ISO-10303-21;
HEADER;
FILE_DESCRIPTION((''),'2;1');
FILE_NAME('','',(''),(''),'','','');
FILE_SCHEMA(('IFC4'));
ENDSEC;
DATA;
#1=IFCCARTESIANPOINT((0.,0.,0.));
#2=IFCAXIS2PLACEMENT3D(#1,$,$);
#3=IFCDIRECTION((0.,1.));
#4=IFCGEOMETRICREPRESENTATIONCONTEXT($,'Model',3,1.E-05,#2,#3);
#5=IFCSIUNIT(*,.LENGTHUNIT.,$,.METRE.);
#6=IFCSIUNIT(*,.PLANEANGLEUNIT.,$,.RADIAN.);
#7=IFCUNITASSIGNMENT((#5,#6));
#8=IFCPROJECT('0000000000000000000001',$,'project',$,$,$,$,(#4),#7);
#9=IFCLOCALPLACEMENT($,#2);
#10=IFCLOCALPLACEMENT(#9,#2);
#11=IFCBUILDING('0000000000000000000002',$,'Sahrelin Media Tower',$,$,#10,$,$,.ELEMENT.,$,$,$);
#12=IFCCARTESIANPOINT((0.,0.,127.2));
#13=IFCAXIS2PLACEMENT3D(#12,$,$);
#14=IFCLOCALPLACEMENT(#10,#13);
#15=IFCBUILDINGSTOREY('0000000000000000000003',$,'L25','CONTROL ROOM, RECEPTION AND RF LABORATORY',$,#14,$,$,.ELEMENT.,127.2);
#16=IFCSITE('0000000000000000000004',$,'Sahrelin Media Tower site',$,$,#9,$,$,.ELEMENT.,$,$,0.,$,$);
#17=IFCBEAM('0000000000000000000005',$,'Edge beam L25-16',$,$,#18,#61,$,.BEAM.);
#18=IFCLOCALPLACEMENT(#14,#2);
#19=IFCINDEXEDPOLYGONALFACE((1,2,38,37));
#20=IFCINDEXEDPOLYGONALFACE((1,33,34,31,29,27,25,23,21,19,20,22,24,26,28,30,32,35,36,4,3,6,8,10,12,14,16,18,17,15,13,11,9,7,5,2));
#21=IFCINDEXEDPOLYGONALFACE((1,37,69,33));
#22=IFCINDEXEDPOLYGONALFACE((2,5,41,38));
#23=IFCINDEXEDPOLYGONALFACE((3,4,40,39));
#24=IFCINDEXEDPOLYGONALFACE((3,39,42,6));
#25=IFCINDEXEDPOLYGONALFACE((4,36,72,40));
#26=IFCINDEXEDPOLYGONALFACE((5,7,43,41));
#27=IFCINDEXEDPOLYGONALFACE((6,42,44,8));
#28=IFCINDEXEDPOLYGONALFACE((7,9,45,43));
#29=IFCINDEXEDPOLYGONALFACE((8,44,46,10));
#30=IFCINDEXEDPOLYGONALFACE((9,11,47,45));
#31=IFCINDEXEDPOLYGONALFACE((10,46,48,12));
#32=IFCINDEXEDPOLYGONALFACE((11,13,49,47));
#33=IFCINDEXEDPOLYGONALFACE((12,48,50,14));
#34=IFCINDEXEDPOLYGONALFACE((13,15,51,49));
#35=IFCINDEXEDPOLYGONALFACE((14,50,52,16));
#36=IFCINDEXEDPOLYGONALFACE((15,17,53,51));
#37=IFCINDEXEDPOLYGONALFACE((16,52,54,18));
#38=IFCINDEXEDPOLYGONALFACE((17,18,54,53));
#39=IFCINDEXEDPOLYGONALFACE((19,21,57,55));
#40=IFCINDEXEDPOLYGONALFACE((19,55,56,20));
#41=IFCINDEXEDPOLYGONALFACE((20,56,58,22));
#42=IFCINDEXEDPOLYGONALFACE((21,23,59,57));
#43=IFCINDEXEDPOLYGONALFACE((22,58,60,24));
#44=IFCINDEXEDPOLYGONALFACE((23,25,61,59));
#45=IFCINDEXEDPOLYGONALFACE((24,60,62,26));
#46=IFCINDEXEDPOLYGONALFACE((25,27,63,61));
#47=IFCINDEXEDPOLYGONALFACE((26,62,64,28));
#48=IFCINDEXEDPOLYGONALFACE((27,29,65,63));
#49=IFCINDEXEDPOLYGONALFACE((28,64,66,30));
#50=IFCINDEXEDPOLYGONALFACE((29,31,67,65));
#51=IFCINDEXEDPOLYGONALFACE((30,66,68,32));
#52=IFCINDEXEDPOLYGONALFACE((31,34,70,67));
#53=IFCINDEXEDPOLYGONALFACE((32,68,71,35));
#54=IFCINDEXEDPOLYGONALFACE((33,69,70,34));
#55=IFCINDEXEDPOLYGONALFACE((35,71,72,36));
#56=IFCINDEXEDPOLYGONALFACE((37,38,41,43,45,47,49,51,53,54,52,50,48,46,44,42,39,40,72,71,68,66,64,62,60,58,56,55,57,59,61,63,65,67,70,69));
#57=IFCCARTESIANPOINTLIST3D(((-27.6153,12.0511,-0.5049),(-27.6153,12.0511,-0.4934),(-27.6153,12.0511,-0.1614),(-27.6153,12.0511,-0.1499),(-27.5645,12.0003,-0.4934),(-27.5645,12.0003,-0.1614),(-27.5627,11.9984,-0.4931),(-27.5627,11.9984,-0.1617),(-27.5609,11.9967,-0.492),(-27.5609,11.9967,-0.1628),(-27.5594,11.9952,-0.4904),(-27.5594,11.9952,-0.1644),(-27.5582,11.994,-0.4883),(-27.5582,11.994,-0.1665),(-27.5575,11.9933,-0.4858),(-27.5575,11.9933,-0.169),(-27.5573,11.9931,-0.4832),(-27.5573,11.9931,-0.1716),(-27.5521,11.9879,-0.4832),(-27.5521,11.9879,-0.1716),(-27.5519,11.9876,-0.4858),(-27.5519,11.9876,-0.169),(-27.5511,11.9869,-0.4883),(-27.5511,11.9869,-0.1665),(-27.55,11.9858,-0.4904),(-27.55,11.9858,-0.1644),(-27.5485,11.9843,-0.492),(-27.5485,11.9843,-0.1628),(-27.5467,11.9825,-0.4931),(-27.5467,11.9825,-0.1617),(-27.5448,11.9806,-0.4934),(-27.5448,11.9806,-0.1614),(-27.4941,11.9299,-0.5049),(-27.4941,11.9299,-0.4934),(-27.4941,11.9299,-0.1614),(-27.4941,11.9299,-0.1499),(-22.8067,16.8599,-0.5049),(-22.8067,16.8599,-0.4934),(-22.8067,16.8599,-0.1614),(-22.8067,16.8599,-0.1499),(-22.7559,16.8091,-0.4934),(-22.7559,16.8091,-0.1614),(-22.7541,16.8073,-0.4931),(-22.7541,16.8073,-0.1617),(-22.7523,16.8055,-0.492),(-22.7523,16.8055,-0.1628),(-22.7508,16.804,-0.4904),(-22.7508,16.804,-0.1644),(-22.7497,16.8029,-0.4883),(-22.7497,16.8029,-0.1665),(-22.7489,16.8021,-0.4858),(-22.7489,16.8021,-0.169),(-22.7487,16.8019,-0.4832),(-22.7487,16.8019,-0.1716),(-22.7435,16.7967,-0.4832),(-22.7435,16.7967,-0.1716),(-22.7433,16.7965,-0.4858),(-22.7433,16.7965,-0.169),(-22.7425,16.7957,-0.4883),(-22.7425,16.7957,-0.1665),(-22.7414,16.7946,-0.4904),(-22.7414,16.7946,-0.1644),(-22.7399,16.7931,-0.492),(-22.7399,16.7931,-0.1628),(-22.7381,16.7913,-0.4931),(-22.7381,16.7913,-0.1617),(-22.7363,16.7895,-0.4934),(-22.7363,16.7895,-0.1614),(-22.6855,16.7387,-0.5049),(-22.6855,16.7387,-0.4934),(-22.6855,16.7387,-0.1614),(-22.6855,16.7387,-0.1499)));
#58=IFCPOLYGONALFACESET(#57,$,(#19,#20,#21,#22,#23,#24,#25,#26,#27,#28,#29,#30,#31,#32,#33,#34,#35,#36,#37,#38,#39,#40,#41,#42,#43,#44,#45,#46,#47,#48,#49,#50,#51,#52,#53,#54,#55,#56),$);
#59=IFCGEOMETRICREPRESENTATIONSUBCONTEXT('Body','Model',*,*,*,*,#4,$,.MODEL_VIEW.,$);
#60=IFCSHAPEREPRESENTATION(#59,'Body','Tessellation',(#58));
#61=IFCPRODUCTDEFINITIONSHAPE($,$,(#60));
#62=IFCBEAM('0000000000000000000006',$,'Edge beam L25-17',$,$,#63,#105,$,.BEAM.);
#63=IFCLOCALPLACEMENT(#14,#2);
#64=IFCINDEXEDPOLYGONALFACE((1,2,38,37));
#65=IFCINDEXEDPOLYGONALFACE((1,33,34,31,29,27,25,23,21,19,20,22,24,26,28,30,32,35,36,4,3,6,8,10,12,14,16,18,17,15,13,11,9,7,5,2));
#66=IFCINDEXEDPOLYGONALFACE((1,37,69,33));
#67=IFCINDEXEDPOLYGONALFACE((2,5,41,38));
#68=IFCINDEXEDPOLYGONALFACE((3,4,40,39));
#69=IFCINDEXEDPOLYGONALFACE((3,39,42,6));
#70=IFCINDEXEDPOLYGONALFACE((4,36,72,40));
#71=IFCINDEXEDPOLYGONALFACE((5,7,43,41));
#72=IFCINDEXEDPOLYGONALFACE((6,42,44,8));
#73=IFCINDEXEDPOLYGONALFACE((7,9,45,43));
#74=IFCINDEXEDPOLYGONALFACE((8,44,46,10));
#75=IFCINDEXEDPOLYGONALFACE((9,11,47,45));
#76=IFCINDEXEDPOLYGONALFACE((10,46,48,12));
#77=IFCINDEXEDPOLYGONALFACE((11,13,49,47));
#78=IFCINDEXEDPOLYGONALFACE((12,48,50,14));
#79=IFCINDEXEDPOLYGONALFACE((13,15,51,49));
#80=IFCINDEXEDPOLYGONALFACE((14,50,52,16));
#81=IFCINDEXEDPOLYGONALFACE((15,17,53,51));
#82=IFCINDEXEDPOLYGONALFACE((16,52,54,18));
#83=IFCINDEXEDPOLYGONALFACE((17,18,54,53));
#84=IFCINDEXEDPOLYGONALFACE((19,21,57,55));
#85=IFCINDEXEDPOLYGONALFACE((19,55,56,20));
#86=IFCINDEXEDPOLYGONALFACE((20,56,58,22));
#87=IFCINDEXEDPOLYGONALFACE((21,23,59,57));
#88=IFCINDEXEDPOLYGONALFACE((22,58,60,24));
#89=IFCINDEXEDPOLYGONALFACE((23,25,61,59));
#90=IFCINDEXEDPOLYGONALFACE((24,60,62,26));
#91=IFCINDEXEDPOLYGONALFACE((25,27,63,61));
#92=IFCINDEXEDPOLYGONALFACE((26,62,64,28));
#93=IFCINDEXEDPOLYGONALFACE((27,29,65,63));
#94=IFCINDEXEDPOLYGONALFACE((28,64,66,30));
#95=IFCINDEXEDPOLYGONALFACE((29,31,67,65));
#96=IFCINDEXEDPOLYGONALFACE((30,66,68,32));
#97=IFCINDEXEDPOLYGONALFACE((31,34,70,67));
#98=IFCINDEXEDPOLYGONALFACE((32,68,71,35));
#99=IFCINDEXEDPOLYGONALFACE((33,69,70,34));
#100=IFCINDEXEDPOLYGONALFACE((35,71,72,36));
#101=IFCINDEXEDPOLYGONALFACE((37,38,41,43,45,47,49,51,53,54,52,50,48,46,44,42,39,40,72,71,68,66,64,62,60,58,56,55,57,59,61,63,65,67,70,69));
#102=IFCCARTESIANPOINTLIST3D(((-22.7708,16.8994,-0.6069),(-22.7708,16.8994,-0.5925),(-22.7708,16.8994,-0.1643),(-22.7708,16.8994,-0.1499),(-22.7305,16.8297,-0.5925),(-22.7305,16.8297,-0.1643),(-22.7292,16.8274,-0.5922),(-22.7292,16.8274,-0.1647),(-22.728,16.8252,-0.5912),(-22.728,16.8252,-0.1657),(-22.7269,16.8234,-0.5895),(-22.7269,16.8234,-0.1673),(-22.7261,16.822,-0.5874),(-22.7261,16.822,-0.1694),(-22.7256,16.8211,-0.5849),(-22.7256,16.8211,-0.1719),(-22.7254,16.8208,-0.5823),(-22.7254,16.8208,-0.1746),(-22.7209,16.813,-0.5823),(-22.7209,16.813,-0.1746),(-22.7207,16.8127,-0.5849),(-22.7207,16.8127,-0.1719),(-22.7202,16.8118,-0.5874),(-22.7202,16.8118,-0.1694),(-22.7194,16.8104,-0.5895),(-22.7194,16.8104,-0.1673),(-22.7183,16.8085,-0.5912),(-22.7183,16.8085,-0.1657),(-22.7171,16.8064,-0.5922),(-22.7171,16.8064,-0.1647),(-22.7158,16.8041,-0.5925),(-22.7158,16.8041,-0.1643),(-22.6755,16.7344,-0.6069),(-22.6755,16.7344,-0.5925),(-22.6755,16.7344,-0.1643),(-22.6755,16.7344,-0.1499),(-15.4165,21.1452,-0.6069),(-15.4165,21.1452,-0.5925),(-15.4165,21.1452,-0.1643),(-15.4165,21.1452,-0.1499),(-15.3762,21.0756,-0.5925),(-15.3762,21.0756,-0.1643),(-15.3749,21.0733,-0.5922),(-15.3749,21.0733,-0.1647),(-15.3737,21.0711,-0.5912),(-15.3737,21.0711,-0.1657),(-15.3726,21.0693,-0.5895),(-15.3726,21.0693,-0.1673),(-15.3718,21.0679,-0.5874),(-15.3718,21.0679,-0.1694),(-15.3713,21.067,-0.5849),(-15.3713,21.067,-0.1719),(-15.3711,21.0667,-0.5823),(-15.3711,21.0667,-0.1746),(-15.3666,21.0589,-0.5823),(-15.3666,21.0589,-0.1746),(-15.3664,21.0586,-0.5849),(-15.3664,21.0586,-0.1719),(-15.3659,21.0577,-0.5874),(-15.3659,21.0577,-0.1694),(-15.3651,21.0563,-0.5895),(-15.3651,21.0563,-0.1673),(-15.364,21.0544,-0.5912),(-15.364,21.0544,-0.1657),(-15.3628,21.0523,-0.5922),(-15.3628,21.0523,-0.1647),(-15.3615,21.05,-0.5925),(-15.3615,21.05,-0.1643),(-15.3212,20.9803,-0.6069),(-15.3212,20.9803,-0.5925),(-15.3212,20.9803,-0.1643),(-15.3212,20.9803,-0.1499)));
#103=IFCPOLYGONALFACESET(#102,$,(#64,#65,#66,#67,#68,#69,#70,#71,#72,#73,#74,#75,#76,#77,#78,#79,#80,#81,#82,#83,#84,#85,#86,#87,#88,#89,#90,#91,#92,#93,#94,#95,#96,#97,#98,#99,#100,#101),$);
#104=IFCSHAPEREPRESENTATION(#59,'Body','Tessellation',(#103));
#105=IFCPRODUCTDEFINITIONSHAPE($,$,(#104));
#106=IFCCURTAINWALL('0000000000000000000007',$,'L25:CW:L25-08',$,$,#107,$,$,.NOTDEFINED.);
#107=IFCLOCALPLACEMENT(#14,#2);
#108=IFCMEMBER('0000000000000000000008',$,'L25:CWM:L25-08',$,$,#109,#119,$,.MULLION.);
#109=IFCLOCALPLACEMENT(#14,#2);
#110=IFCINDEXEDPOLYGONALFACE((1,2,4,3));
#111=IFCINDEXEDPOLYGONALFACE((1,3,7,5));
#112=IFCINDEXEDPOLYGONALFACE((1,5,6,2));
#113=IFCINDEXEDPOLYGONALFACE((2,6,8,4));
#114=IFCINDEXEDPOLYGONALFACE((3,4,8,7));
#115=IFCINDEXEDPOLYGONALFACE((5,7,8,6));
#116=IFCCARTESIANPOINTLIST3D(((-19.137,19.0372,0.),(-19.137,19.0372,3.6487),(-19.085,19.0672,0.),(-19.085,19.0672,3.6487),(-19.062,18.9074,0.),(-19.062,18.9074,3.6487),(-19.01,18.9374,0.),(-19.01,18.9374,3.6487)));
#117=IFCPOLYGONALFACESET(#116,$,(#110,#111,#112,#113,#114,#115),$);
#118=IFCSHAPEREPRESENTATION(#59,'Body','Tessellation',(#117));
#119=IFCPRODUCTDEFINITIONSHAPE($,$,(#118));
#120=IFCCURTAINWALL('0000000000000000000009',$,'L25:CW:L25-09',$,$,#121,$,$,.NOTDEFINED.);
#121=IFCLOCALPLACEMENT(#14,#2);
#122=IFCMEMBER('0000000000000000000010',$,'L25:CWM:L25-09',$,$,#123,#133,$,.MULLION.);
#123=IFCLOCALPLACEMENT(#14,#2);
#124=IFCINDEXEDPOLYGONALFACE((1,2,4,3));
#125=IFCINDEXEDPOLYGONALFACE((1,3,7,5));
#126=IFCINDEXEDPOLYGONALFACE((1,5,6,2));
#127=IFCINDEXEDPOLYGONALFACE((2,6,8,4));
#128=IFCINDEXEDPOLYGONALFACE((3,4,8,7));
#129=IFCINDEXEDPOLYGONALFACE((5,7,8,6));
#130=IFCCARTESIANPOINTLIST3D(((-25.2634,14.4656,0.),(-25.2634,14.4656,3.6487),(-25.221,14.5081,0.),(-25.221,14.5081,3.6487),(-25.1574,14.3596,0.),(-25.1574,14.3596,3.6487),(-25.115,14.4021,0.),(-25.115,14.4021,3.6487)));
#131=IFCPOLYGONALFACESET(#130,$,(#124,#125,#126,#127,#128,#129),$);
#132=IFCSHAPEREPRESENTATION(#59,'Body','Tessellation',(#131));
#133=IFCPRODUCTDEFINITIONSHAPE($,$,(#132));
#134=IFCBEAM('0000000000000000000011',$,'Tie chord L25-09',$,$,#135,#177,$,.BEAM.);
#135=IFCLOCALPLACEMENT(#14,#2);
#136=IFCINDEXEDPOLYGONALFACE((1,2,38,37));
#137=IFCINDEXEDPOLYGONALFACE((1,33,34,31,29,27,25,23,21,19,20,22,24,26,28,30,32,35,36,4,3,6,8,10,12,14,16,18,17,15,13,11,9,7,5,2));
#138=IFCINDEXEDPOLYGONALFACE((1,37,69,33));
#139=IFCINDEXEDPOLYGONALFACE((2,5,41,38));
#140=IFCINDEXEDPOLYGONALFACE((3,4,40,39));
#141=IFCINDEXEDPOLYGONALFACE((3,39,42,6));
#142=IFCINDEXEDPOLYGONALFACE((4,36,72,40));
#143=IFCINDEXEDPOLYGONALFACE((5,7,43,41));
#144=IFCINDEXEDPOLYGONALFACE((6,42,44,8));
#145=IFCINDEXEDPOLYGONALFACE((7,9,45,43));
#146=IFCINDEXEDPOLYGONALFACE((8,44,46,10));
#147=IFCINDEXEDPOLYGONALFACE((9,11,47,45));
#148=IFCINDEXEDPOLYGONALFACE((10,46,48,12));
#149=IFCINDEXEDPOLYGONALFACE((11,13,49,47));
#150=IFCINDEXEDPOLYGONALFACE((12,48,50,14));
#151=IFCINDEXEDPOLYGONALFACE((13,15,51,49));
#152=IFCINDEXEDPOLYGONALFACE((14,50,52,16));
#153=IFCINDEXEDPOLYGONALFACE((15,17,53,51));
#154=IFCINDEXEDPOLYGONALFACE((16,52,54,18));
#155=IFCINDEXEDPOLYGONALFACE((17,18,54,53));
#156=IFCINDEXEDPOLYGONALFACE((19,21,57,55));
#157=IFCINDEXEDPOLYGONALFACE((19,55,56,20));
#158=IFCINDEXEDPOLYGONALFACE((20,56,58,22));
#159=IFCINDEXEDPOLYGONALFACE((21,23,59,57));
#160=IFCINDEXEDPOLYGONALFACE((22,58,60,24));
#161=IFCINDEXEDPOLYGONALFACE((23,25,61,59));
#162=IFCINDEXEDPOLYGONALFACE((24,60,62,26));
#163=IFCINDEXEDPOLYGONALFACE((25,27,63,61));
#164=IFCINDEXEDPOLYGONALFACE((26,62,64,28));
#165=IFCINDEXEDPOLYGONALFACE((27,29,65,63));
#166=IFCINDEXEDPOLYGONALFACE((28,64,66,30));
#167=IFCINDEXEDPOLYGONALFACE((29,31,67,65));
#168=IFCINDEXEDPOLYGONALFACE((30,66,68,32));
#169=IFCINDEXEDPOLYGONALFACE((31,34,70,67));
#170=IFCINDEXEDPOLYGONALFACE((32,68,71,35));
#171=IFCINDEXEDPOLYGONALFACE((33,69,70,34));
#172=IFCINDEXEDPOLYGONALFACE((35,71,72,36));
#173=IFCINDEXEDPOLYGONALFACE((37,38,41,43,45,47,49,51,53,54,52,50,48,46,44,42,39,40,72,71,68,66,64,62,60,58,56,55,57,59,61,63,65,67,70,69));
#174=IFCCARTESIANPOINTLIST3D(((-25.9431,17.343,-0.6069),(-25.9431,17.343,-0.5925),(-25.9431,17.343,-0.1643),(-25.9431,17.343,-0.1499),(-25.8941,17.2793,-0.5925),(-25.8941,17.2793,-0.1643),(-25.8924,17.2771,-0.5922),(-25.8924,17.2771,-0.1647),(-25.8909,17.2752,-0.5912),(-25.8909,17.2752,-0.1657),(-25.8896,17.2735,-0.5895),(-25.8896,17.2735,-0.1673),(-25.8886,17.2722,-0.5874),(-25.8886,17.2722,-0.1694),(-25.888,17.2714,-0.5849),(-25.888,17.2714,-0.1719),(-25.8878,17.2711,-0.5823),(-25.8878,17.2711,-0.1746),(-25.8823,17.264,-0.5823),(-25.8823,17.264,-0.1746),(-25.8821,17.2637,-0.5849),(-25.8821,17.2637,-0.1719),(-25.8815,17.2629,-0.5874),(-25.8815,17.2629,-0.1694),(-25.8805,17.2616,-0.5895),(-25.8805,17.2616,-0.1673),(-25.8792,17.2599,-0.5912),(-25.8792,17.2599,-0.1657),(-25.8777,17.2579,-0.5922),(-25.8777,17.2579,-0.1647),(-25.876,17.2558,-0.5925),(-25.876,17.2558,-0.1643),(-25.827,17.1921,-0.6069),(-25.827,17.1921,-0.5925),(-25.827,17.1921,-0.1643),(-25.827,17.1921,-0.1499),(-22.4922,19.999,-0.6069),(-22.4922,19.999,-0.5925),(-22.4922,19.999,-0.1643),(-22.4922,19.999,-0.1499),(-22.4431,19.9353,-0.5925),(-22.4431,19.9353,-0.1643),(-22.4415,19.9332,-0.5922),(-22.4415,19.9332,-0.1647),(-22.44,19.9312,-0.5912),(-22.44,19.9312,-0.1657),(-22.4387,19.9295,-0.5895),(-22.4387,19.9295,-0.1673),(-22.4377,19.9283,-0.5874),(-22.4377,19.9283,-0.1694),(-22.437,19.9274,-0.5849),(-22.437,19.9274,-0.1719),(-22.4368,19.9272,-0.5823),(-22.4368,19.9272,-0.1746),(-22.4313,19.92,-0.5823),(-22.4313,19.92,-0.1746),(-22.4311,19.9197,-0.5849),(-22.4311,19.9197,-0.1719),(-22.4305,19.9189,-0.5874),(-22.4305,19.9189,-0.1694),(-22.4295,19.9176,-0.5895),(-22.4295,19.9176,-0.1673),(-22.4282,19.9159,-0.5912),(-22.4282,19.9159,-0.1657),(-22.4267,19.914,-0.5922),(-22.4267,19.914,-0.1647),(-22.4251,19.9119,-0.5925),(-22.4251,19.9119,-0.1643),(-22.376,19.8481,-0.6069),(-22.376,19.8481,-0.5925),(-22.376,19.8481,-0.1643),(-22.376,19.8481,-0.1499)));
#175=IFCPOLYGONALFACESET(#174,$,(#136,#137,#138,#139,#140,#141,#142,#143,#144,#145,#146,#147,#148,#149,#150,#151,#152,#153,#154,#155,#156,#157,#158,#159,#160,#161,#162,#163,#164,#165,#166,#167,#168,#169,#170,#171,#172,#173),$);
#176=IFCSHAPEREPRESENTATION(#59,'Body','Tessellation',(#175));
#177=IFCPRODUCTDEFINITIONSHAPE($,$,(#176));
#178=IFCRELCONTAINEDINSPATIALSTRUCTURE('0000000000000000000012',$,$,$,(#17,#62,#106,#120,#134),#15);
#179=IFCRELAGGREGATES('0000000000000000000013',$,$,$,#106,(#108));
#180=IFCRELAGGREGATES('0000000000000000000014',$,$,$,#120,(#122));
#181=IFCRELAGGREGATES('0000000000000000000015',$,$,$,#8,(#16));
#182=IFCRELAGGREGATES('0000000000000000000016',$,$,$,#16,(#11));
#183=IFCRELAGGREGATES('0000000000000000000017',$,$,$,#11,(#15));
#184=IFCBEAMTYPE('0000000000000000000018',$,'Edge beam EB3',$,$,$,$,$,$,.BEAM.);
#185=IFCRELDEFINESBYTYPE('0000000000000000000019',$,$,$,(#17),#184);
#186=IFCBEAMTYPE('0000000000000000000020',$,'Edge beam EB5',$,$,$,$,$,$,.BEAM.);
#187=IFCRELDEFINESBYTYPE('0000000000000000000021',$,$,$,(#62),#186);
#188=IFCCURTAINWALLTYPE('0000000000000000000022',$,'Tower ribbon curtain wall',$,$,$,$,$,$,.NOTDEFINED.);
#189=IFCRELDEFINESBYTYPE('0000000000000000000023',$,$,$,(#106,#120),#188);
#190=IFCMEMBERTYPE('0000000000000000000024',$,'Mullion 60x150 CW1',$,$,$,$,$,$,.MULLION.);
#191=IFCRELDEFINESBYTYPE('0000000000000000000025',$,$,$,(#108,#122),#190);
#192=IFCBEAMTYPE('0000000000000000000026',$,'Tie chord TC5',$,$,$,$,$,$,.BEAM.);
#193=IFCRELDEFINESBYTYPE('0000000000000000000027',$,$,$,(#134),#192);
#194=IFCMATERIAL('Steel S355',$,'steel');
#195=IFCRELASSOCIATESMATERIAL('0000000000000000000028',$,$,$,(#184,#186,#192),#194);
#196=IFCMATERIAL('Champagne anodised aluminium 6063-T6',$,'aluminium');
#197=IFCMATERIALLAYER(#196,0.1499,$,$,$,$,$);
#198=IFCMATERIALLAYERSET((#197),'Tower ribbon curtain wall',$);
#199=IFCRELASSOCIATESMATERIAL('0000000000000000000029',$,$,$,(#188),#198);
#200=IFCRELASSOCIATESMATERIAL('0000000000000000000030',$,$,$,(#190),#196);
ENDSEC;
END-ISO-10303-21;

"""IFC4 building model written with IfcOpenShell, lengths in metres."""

from ifc_helpers import new_model, si_unit, direction, frame, origin, origin_2d, place, context, subcontext, project, spatial, rectangle, i_section, extrude, material, layer, layer_set, material_profile, profile_set, type_object, element, aggregate, save


model = new_model("IFC4")

# Units and contexts
model_context = context("Model", 3, precision=1e-05, world=origin(), true_north=direction((0.0, 1.0)))
body_context = subcontext(model_context, "Body", "Model", "MODEL_VIEW")
ifc_project = project(units=[si_unit("LENGTHUNIT", "METRE"), si_unit("PLANEANGLEUNIT", "RADIAN")], contexts=[model_context])

# Site, building, storey
site_placement = place(None, origin())
site = spatial("IfcSite", under=ifc_project, at=site_placement, Name="Sahrelin Media Tower site", CompositionType="ELEMENT", RefElevation=0.0)
building_placement = place(site_placement, origin())
building = spatial("IfcBuilding", under=site, at=building_placement, Name="Sahrelin Media Tower", CompositionType="ELEMENT")
storey_placement = place(building_placement, frame((0.0, 0.0, 127.2)))
storey = spatial("IfcBuildingStorey", under=building, at=storey_placement, Name="L25", Description="CONTROL ROOM, RECEPTION AND RF LABORATORY", CompositionType="ELEMENT", Elevation=127.2)

# Beams
ifc_material_1 = material(Name="Steel S355", Category="steel")
ifc_material_profile_1 = material_profile(ifc_material_1, i_section(OverallWidth=0.1714, OverallDepth=0.355, WebThickness=0.0073, FlangeThickness=0.0115, FilletRadius=0.0103, at=origin_2d()), Name="UB 356x171x51")
ifc_profile_set_1 = profile_set([ifc_material_profile_1], Name="Steel S355")
beam_type_1 = type_object("IfcBeamType", Name="Edge beam EB3", PredefinedType="BEAM", material=ifc_profile_set_1)
beam_1_placement = place(storey_placement, frame((-27.5547, 11.9905, -0.3274), z_axis=(0.707089, 0.707125, 0.0), x_axis=(-0.707125, 0.707089, 0.0)))
element("IfcBeam", 1, at=beam_1_placement, inside=storey, type_object=beam_type_1, Name="Edge beam L25-16", PredefinedType="BEAM", context=body_context, shape_type="SweptSolid", body=[
    extrude(i_section(OverallWidth=0.1714, OverallDepth=0.355, WebThickness=0.0073, FlangeThickness=0.0115, FilletRadius=0.0103, at=origin_2d()), origin(), (0.0, 0.0, 1.0), 6.8005),
])
ifc_material_profile_2 = material_profile(ifc_material_1, i_section(OverallWidth=0.1904, OverallDepth=0.457, WebThickness=0.009, FlangeThickness=0.0144, FilletRadius=0.0103, at=origin_2d()), Name="UB 457x191x74")
ifc_profile_set_2 = profile_set([ifc_material_profile_2], Name="Steel S355")
beam_type_2 = type_object("IfcBeamType", Name="Edge beam EB5", PredefinedType="BEAM", material=ifc_profile_set_2)
beam_2_placement = place(storey_placement, frame((-22.7231, 16.8169, -0.3784), z_axis=(0.866032, 0.499989, 0.0), x_axis=(-0.499989, 0.866032, 0.0)))
element("IfcBeam", 2, at=beam_2_placement, inside=storey, type_object=beam_type_2, Name="Edge beam L25-17", PredefinedType="BEAM", context=body_context, shape_type="SweptSolid", body=[
    extrude(i_section(OverallWidth=0.1904, OverallDepth=0.457, WebThickness=0.009, FlangeThickness=0.0144, FilletRadius=0.0103, at=origin_2d()), origin(), (0.0, 0.0, 1.0), 8.4919),
])

# Curtain walls, members
ifc_material_2 = material(Name="Champagne anodised aluminium 6063-T6", Category="aluminium")
ifc_layer_1 = layer(ifc_material_2, 0.1499)
ifc_layer_set_1 = layer_set([ifc_layer_1], Name="Tower ribbon curtain wall")
curtain_wall_type = type_object("IfcCurtainWallType", Name="Tower ribbon curtain wall", PredefinedType="NOTDEFINED", material=ifc_layer_set_1)
curtain_wall_1_placement = place(storey_placement, frame((-19.1211, 19.0696, 0.0), z_axis=(0.0, 0.0, 1.0), x_axis=(1.0, 0.0, 0.0)))
curtain_wall_1 = element("IfcCurtainWall", 3, at=curtain_wall_1_placement, inside=storey, type_object=curtain_wall_type, Name="L25:CW:L25-08", PredefinedType="NOTDEFINED")
ifc_material_profile_3 = material_profile(ifc_material_2, rectangle(XDim=0.0601, YDim=0.1499, at=origin_2d()), Name="Mullion 60x150")
ifc_profile_set_3 = profile_set([ifc_material_profile_3], Name="Champagne anodised aluminium 6063-T6")
member_type_1 = type_object("IfcMemberType", Name="Mullion 60x150 CW1", PredefinedType="MULLION", material=ifc_profile_set_3)
member_1_placement = place(storey_placement, frame((-19.0735, 18.9873, 0.0), z_axis=(0.0, 0.0, 1.0), x_axis=(-0.866028, -0.499995, 0.0)))
member_1 = element("IfcMember", 4, at=member_1_placement, type_object=member_type_1, Name="L25:CWM:L25-08", PredefinedType="MULLION", context=body_context, shape_type="SweptSolid", body=[
    extrude(rectangle(XDim=0.0601, YDim=0.1499, at=origin_2d()), origin(), (0.0, 0.0, 1.0), 3.6487),
])
aggregate(curtain_wall_1, [member_1])
curtain_wall_2_placement = place(storey_placement, frame((-25.2563, 14.501, 0.0), z_axis=(0.0, 0.0, 1.0), x_axis=(1.0, 0.0, 0.0)))
curtain_wall_2 = element("IfcCurtainWall", 5, at=curtain_wall_2_placement, inside=storey, type_object=curtain_wall_type, Name="L25:CW:L25-09", PredefinedType="NOTDEFINED")
member_2_placement = place(storey_placement, frame((-25.1892, 14.4338, 0.0), z_axis=(0.0, 0.0, 1.0), x_axis=(-0.707099, -0.707114, 0.0)))
member_2 = element("IfcMember", 6, at=member_2_placement, type_object=member_type_1, Name="L25:CWM:L25-09", PredefinedType="MULLION", context=body_context, shape_type="SweptSolid", body=[
    extrude(rectangle(XDim=0.0601, YDim=0.1499, at=origin_2d()), origin(), (0.0, 0.0, 1.0), 3.6487),
])

# Beam
ifc_material_profile_4 = material_profile(ifc_material_1, i_section(OverallWidth=0.1904, OverallDepth=0.457, WebThickness=0.009, FlangeThickness=0.0144, FilletRadius=0.0103, at=origin_2d()), Name="UB 457x191x74")
ifc_profile_set_4 = profile_set([ifc_material_profile_4], Name="Steel S355")
beam_type_3 = type_object("IfcBeamType", Name="Tie chord TC5", PredefinedType="BEAM", material=ifc_profile_set_4)
beam_3_placement = place(storey_placement, frame((-22.4341, 19.9236, -0.3784), z_axis=(-0.792463, -0.609919, 0.0), x_axis=(0.609919, -0.792463, 0.0)))
element("IfcBeam", 7, at=beam_3_placement, inside=storey, type_object=beam_type_3, Name="Tie chord L25-09", PredefinedType="BEAM", context=body_context, shape_type="SweptSolid", body=[
    extrude(i_section(OverallWidth=0.1904, OverallDepth=0.457, WebThickness=0.009, FlangeThickness=0.0144, FilletRadius=0.0103, at=origin_2d()), origin(), (0.0, 0.0, 1.0), 4.3547),
])

aggregate(curtain_wall_2, [member_2])

save(model, "model.ifc")
